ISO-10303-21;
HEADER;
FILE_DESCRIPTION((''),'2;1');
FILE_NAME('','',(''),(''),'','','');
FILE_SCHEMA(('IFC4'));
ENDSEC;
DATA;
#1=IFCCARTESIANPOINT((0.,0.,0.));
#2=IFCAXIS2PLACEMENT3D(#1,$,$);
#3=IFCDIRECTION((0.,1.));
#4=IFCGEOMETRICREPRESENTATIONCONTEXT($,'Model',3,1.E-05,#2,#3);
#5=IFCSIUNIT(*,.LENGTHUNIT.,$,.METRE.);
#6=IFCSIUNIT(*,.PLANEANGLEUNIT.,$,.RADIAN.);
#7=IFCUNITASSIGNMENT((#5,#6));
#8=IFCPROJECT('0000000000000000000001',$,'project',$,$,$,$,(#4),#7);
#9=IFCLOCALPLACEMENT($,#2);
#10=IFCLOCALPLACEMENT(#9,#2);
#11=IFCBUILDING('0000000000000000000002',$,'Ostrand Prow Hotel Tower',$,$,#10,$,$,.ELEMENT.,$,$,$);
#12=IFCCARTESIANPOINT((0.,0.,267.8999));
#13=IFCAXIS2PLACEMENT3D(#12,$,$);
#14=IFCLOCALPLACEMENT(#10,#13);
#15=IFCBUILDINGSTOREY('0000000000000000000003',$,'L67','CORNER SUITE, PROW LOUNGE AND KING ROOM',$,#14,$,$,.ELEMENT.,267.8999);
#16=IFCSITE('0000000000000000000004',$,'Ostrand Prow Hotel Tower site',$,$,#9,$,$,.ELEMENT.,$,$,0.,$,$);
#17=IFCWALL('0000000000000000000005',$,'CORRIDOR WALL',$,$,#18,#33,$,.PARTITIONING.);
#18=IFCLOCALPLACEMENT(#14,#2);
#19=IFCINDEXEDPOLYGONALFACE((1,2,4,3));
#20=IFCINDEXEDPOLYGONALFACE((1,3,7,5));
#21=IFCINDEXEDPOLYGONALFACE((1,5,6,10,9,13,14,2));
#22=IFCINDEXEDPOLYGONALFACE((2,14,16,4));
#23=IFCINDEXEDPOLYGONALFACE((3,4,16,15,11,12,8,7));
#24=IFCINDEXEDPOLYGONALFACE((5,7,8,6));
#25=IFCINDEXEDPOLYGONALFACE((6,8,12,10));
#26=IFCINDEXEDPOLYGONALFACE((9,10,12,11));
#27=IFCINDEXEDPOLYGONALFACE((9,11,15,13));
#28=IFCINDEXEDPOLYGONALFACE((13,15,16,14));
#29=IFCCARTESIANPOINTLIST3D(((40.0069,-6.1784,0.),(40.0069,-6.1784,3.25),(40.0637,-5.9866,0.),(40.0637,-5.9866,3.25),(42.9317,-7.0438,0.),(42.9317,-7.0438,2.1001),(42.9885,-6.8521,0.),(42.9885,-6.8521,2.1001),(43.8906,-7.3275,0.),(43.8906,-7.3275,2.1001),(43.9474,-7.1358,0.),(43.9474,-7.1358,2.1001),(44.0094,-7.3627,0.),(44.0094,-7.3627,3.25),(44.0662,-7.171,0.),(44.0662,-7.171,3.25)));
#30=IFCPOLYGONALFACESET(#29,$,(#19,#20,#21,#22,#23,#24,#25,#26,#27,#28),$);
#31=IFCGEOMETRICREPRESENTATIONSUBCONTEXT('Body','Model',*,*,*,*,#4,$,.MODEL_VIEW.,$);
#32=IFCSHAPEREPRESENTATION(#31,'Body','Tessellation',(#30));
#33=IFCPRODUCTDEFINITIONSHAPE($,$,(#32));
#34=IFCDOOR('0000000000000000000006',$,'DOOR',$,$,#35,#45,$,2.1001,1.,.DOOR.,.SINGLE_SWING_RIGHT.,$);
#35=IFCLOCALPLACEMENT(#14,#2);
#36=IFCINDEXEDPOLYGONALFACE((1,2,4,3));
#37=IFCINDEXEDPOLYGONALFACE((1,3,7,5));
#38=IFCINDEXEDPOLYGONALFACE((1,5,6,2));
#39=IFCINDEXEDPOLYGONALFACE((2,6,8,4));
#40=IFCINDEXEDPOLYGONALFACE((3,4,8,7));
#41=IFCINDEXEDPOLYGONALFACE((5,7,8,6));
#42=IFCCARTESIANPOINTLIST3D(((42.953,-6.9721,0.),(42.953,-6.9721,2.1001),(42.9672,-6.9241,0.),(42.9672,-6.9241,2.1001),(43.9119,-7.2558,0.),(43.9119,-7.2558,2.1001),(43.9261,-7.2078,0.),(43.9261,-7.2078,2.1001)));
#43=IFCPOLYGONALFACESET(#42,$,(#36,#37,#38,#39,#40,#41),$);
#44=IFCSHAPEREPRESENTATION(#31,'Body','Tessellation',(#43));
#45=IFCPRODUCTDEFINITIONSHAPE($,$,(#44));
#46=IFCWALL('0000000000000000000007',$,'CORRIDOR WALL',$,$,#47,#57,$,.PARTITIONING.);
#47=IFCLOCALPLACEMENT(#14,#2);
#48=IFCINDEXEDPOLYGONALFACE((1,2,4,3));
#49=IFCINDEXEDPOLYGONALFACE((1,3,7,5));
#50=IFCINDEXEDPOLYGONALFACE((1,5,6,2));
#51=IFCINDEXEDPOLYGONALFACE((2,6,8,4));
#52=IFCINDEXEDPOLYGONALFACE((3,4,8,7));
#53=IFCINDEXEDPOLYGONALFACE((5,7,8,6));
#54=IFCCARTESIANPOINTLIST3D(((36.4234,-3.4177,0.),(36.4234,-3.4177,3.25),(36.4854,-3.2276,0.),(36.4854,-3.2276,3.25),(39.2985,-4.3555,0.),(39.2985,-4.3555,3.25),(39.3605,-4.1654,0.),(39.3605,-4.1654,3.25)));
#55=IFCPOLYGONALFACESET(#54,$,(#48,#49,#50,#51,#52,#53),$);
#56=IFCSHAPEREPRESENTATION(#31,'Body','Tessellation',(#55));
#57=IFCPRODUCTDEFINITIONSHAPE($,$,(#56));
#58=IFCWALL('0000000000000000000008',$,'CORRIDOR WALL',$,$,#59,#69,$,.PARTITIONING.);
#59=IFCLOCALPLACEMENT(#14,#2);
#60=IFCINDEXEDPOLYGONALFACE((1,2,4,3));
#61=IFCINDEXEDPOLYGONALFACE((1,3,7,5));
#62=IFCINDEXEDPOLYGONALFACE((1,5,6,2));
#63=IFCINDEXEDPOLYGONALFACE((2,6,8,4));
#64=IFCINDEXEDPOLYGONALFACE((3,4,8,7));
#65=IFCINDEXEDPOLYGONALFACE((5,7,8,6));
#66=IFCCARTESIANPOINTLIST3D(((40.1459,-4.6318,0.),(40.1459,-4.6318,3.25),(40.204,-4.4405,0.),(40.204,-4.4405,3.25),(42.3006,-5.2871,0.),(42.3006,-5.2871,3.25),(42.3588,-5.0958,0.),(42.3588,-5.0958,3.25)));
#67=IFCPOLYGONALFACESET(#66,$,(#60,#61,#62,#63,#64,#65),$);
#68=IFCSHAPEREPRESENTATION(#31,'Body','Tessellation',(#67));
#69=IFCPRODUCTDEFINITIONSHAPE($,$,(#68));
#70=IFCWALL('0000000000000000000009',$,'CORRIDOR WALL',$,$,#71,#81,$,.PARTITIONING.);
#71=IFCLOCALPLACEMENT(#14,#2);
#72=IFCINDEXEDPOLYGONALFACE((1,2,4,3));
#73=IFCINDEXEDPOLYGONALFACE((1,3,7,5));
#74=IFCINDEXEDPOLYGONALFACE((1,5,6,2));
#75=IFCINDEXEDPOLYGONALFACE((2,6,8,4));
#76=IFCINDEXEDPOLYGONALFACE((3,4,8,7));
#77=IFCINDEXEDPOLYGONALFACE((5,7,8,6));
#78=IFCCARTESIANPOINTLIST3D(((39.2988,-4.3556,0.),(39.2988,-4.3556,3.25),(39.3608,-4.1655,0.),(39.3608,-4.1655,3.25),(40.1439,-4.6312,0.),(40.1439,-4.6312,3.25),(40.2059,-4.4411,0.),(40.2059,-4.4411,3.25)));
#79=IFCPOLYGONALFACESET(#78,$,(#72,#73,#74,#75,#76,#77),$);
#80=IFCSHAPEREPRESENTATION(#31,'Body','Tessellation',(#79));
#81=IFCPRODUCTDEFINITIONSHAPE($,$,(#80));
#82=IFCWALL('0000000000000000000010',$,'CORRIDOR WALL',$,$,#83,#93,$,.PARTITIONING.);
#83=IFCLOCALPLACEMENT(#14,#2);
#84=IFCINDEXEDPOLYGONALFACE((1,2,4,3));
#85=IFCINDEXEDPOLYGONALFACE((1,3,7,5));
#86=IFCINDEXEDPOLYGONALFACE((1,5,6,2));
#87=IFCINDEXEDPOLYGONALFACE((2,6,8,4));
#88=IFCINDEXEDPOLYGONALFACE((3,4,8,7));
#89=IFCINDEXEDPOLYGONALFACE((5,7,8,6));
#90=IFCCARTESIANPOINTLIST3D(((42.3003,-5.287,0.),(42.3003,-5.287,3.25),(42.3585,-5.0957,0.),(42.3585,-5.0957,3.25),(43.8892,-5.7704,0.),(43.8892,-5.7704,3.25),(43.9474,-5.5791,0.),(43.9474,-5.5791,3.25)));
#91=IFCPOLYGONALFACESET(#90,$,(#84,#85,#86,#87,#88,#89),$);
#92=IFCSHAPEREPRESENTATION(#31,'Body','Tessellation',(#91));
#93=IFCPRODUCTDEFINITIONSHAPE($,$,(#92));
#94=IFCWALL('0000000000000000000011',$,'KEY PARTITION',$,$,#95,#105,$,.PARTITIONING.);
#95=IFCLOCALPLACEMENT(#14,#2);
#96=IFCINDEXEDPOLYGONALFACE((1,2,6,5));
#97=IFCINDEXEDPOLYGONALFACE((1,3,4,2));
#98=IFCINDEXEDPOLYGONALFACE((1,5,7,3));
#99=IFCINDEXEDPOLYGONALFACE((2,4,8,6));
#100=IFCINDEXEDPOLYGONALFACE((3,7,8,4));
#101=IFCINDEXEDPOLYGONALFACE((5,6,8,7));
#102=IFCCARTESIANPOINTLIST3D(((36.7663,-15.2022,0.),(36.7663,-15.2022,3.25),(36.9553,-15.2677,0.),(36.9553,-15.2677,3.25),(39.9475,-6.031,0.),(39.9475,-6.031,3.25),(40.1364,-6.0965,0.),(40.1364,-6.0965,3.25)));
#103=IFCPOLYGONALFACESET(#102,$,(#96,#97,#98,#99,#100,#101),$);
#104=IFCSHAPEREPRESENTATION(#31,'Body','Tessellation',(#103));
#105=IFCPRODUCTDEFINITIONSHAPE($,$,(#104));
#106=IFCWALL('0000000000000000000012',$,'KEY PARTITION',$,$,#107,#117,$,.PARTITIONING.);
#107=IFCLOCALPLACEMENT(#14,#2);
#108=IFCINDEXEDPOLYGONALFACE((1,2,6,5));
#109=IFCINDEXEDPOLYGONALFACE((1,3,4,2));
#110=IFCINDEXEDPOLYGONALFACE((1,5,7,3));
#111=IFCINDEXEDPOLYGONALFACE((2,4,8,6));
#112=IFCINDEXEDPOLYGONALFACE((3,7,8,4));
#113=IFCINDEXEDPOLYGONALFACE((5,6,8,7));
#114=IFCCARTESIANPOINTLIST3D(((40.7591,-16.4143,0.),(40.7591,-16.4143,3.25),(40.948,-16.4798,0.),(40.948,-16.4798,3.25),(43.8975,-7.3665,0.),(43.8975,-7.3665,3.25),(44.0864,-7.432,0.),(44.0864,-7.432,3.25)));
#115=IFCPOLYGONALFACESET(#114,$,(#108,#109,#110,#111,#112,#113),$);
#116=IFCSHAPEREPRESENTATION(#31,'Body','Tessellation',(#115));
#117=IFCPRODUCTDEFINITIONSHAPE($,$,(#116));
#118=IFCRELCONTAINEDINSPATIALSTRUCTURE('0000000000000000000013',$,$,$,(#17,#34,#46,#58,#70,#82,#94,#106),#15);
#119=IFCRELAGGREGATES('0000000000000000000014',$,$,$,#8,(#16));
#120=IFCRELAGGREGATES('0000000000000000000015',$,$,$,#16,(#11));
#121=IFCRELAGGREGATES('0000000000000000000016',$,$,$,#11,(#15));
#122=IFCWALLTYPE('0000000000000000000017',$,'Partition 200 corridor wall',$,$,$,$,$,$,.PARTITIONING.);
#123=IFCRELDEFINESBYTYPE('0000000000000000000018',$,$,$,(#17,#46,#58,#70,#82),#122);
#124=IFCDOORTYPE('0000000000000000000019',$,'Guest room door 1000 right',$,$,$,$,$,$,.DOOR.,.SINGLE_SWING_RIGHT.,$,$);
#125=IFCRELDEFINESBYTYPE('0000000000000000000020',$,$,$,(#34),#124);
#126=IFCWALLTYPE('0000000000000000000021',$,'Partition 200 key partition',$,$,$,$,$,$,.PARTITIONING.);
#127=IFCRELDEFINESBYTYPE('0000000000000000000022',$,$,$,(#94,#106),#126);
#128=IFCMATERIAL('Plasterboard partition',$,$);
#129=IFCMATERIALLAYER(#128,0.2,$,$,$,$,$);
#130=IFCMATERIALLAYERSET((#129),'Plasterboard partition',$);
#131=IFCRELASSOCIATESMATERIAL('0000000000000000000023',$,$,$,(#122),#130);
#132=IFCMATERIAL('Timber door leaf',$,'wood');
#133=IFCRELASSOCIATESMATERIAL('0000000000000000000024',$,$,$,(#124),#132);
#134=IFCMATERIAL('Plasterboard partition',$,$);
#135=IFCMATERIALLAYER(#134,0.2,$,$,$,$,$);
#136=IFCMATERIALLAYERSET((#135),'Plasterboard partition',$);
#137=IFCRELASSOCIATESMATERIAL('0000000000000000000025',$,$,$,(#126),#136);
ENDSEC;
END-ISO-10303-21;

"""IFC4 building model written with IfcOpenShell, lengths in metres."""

from ifc_helpers import new_model, si_unit, direction, frame, frame_2d, origin, place, context, subcontext, project, spatial, rectangle, extrude, material, layer, layer_set, type_object, element, fill, save


model = new_model("IFC4")

# Units and contexts
model_context = context("Model", 3, precision=1e-05, world=origin(), true_north=direction((0.0, 1.0)))
body_context = subcontext(model_context, "Body", "Model", "MODEL_VIEW")
ifc_project = project(units=[si_unit("LENGTHUNIT", "METRE"), si_unit("PLANEANGLEUNIT", "RADIAN")], contexts=[model_context])

# Site, building, storey
site_placement = place(None, origin())
site = spatial("IfcSite", under=ifc_project, at=site_placement, Name="Ostrand Prow Hotel Tower site", CompositionType="ELEMENT", RefElevation=0.0)
building_placement = place(site_placement, origin())
building = spatial("IfcBuilding", under=site, at=building_placement, Name="Ostrand Prow Hotel Tower", CompositionType="ELEMENT")
storey_placement = place(building_placement, frame((0.0, 0.0, 267.8999)))
storey = spatial("IfcBuildingStorey", under=building, at=storey_placement, Name="L67", Description="CORNER SUITE, PROW LOUNGE AND KING ROOM", CompositionType="ELEMENT", Elevation=267.8999)

# Wall, opening, door
ifc_material_1 = material(Name="Plasterboard partition")
ifc_layer_1 = layer(ifc_material_1, 0.2)
ifc_layer_set_1 = layer_set([ifc_layer_1], Name="Plasterboard partition")
wall_type_1 = type_object("IfcWallType", Name="Partition 200 corridor wall", PredefinedType="PARTITIONING", material=ifc_layer_set_1)
wall_1_placement = place(storey_placement, frame((40.0354, -6.0825, 0.0), z_axis=(0.0, 0.0, 1.0), x_axis=(0.958901, -0.28374, 0.0)))
wall_1 = element("IfcWall", 1, at=wall_1_placement, inside=storey, type_object=wall_type_1, Name="CORRIDOR WALL", PredefinedType="PARTITIONING", context=body_context, shape_type="SweptSolid", body=[
    extrude(rectangle(XDim=4.1741, YDim=0.2, at=frame_2d((2.0869, 0.0))), origin(), (0.0, 0.0, 1.0), 3.25),
])
opening_1_placement = place(wall_1_placement, frame((3.05, 0.0, 0.0)))
opening_1 = element("IfcOpeningElement", 2, at=opening_1_placement, cuts=wall_1, PredefinedType="OPENING", context=body_context, shape_type="SweptSolid", body=[
    extrude(rectangle(XDim=1.0, YDim=2.1001, at=frame_2d((0.5, 1.05))), frame((0.0, 0.1099, 0.0), z_axis=(0.0, -1.0, 0.0), x_axis=(1.0, 0.0, 0.0)), (0.0, 0.0, 1.0), 0.22),
])
ifc_material_2 = material(Name="Timber door leaf", Category="wood")
door_type_1 = type_object("IfcDoorType", Name="Guest room door 1000 right", OperationType="SINGLE_SWING_RIGHT", PredefinedType="DOOR", material=ifc_material_2)
door_1_placement = place(opening_1_placement, origin())
door_1 = element("IfcDoor", 3, at=door_1_placement, inside=storey, type_object=door_type_1, Name="DOOR", OperationType="SINGLE_SWING_RIGHT", OverallHeight=2.1001, OverallWidth=1.0, PredefinedType="DOOR", context=body_context, shape_type="SweptSolid", body=[
    extrude(rectangle(XDim=1.0, YDim=2.1001, at=frame_2d((0.5, 1.05))), frame((0.0, 0.0249, 0.0), z_axis=(0.0, -1.0, 0.0), x_axis=(1.0, 0.0, 0.0)), (0.0, 0.0, 1.0), 0.05),
])
fill(opening_1, door_1)

# Walls
wall_2_placement = place(storey_placement, frame((39.3296, -4.2605, 0.0), z_axis=(0.0, 0.0, 1.0), x_axis=(-0.950706, 0.310094, 0.0)))
element("IfcWall", 4, at=wall_2_placement, inside=storey, type_object=wall_type_1, Name="CORRIDOR WALL", PredefinedType="PARTITIONING", context=body_context, shape_type="SweptSolid", body=[
    extrude(rectangle(XDim=3.0242, YDim=0.2, at=frame_2d((1.5122, 0.0))), origin(), (0.0, 0.0, 1.0), 3.25),
])
wall_3_placement = place(storey_placement, frame((42.3296, -5.1914, 0.0), z_axis=(0.0, 0.0, 1.0), x_axis=(-0.956739, 0.290946, 0.0)))
element("IfcWall", 5, at=wall_3_placement, inside=storey, type_object=wall_type_1, Name="CORRIDOR WALL", PredefinedType="PARTITIONING", context=body_context, shape_type="SweptSolid", body=[
    extrude(rectangle(XDim=2.2522, YDim=0.2, at=frame_2d((1.126, 0.0))), origin(), (0.0, 0.0, 1.0), 3.25),
])
wall_4_placement = place(storey_placement, frame((40.1748, -4.5361, 0.0), z_axis=(0.0, 0.0, 1.0), x_axis=(-0.950723, 0.310042, 0.0)))
element("IfcWall", 6, at=wall_4_placement, inside=storey, type_object=wall_type_1, Name="CORRIDOR WALL", PredefinedType="PARTITIONING", context=body_context, shape_type="SweptSolid", body=[
    extrude(rectangle(XDim=0.8889, YDim=0.2, at=frame_2d((0.4443, 0.0))), origin(), (0.0, 0.0, 1.0), 3.25),
])
wall_5_placement = place(storey_placement, frame((43.9185, -5.6748, 0.0), z_axis=(0.0, 0.0, 1.0), x_axis=(-0.956702, 0.291068, 0.0)))
element("IfcWall", 7, at=wall_5_placement, inside=storey, type_object=wall_type_1, Name="CORRIDOR WALL", PredefinedType="PARTITIONING", context=body_context, shape_type="SweptSolid", body=[
    extrude(rectangle(XDim=1.6609, YDim=0.2, at=frame_2d((0.8306, 0.0))), origin(), (0.0, 0.0, 1.0), 3.25),
])
ifc_material_3 = material(Name="Plasterboard partition")
ifc_layer_2 = layer(ifc_material_3, 0.2)
ifc_layer_set_2 = layer_set([ifc_layer_2], Name="Plasterboard partition")
wall_type_2 = type_object("IfcWallType", Name="Partition 200 key partition", PredefinedType="PARTITIONING", material=ifc_layer_set_2)
wall_6_placement = place(storey_placement, frame((36.8608, -15.2349, 0.0), z_axis=(0.0, 0.0, 1.0), x_axis=(0.327711, 0.944778, 0.0)))
element("IfcWall", 8, at=wall_6_placement, inside=storey, type_object=wall_type_2, Name="KEY PARTITION", PredefinedType="PARTITIONING", context=body_context, shape_type="SweptSolid", body=[
    extrude(rectangle(XDim=9.7073, YDim=0.2, at=frame_2d((4.8535, 0.0))), origin(), (0.0, 0.0, 1.0), 3.25),
])
wall_7_placement = place(storey_placement, frame((40.8535, -16.447, 0.0), z_axis=(0.0, 0.0, 1.0), x_axis=(0.327715, 0.944777, 0.0)))
element("IfcWall", 9, at=wall_7_placement, inside=storey, type_object=wall_type_2, Name="KEY PARTITION", PredefinedType="PARTITIONING", context=body_context, shape_type="SweptSolid", body=[
    extrude(rectangle(XDim=9.5767, YDim=0.2, at=frame_2d((4.7883, 0.0))), origin(), (0.0, 0.0, 1.0), 3.25),
])

save(model, "model.ifc")
